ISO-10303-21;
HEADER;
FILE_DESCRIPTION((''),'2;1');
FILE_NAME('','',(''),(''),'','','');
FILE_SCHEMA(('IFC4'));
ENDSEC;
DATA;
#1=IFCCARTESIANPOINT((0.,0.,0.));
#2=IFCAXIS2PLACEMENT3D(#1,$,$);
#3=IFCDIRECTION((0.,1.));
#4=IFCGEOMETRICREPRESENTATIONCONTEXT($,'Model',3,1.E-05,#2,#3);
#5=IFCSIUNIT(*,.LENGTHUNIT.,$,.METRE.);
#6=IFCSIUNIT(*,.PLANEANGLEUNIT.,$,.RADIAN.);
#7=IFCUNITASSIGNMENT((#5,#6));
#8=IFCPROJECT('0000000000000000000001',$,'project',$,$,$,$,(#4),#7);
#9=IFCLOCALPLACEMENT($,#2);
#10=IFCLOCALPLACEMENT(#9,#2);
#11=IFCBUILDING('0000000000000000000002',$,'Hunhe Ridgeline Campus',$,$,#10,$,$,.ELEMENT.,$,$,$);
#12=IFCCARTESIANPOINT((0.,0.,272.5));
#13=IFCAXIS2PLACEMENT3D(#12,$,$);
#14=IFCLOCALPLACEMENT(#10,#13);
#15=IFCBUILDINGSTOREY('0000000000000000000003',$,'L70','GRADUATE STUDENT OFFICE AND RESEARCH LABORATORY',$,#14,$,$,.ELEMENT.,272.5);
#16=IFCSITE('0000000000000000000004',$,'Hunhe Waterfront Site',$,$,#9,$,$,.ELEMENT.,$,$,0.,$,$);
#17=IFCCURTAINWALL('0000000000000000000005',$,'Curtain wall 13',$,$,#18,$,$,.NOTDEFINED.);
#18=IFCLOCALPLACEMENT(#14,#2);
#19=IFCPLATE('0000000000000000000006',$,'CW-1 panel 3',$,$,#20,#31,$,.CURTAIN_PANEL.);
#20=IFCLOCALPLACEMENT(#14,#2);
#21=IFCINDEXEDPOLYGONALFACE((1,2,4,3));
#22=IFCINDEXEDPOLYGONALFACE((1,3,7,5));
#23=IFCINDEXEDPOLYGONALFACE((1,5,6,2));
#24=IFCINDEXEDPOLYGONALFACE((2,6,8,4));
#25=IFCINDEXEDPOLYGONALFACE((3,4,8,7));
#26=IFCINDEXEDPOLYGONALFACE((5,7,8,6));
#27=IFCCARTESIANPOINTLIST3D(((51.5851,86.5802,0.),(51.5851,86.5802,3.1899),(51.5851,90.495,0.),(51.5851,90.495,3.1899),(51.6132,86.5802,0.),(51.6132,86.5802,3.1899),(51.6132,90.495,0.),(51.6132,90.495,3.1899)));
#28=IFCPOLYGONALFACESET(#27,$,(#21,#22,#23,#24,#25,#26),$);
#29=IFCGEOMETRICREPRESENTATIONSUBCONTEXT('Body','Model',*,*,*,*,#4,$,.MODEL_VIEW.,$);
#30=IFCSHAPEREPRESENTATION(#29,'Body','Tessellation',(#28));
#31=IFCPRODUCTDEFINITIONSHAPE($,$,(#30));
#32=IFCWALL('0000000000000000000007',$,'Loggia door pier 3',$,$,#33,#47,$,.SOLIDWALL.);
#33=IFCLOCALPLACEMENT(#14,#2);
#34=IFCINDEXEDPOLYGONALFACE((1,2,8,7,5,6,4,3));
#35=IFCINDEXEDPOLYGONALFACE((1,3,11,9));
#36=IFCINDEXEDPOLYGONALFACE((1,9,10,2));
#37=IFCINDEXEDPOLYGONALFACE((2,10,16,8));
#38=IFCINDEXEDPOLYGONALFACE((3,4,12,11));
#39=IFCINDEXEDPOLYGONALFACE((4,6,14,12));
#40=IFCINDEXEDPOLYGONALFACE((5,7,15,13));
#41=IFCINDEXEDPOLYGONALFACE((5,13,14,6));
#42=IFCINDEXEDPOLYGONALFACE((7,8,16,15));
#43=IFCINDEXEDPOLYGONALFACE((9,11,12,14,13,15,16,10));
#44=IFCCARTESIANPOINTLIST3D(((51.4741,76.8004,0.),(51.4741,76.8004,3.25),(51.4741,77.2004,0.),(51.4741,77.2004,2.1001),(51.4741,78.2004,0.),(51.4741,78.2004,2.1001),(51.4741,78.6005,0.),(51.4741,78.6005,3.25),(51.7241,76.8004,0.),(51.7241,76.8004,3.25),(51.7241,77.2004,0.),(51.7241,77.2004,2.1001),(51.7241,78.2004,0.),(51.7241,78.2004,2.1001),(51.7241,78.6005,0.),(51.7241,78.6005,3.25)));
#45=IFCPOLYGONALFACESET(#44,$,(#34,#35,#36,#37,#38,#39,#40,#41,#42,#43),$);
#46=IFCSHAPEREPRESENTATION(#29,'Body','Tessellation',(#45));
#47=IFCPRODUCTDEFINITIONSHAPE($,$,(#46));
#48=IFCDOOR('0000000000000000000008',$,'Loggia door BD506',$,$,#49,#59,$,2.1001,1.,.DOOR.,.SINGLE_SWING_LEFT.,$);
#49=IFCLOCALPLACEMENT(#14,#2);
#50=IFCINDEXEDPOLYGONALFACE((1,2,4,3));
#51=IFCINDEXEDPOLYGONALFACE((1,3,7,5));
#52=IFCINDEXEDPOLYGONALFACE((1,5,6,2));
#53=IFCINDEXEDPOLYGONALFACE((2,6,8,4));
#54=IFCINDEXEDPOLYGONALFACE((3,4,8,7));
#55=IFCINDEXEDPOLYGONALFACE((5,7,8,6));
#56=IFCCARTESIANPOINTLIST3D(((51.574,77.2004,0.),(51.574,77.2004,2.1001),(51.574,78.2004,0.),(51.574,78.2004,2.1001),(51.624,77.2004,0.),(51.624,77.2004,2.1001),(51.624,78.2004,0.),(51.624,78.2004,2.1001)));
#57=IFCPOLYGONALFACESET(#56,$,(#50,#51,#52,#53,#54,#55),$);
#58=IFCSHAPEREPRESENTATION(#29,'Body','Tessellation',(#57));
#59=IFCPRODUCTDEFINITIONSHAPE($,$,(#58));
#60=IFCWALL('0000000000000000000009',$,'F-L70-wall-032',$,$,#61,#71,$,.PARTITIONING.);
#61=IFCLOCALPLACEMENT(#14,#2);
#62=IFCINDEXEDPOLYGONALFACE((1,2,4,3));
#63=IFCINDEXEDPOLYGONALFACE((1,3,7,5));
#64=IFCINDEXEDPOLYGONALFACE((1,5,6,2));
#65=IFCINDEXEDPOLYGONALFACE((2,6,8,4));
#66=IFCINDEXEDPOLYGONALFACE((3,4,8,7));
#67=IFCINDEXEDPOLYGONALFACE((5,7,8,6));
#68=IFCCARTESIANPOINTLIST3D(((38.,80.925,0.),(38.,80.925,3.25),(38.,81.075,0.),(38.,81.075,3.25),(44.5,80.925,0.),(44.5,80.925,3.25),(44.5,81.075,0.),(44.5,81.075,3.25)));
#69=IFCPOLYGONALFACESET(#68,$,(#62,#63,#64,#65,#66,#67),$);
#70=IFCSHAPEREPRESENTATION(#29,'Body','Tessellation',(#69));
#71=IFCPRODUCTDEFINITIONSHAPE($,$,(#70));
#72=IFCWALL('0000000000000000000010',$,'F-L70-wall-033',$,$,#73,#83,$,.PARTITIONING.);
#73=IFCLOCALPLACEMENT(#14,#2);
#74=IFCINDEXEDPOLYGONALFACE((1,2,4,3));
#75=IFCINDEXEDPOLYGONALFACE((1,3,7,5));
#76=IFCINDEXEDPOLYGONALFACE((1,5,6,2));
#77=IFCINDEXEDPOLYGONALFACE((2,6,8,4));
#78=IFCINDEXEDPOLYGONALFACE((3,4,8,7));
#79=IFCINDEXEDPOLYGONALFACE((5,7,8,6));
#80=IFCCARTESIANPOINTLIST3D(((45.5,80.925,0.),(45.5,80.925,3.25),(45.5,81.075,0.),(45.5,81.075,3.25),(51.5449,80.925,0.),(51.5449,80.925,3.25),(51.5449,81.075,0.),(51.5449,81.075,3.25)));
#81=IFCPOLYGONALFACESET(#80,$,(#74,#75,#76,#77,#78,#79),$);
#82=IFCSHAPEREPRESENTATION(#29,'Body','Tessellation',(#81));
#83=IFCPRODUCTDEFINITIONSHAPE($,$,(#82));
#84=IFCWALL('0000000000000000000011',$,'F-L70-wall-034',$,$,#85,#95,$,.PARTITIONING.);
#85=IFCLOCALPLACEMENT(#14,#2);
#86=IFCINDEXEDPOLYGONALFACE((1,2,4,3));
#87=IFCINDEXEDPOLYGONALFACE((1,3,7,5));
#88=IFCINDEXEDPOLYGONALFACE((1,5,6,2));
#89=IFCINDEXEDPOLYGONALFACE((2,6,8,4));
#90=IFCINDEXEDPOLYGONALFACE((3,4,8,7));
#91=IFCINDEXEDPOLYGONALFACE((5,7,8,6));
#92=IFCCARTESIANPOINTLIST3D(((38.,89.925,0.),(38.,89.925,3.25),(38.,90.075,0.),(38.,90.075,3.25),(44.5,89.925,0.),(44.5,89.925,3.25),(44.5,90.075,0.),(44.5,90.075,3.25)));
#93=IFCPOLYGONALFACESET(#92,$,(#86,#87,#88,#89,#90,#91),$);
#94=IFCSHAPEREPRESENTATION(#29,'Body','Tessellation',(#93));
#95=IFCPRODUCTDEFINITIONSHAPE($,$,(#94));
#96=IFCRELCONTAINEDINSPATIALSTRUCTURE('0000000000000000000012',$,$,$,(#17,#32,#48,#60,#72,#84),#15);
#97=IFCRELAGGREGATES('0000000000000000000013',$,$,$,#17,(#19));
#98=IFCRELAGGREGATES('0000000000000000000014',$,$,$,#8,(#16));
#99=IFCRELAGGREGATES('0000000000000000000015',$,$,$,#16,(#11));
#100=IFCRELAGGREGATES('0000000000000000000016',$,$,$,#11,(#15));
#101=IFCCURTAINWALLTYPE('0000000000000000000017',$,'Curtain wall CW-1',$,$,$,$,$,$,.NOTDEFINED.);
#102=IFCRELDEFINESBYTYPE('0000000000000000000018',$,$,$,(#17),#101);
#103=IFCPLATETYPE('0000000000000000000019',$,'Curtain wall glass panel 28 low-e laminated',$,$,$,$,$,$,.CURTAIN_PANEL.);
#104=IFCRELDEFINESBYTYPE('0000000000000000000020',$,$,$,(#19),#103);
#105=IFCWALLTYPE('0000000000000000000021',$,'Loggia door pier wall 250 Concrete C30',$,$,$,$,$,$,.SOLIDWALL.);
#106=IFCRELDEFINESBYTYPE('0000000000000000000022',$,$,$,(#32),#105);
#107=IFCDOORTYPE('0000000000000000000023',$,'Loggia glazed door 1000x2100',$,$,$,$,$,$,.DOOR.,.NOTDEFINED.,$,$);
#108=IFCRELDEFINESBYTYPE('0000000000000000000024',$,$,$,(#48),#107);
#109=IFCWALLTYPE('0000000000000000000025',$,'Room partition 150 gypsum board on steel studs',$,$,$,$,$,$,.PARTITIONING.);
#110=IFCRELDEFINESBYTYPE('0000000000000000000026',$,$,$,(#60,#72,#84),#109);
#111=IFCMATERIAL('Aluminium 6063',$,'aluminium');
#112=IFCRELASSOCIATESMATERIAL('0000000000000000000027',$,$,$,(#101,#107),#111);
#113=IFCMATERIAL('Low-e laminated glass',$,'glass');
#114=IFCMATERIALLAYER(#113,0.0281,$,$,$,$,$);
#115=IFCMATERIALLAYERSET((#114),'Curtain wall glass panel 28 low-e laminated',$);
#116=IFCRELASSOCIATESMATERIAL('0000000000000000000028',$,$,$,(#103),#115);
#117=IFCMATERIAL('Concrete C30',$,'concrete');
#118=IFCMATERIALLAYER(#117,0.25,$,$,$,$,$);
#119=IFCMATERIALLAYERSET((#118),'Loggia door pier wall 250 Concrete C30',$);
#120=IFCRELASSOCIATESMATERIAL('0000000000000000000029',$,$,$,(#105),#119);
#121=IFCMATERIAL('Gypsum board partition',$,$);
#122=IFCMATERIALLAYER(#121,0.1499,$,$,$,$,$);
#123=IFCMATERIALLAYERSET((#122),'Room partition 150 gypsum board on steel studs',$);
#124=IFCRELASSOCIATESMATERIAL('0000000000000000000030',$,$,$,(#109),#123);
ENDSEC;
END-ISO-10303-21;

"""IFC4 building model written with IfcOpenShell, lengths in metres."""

from ifc_helpers import new_model, si_unit, direction, frame, frame_2d, origin, origin_2d, place, context, subcontext, project, spatial, rectangle, extrude, material, layer, layer_set, type_object, element, fill, aggregate, save


model = new_model("IFC4")

# Units and contexts
model_context = context("Model", 3, precision=1e-05, world=origin(), true_north=direction((0.0, 1.0)))
body_context = subcontext(model_context, "Body", "Model", "MODEL_VIEW")
ifc_project = project(units=[si_unit("LENGTHUNIT", "METRE"), si_unit("PLANEANGLEUNIT", "RADIAN")], contexts=[model_context])

# Site, building, storey
site_placement = place(None, origin())
site = spatial("IfcSite", under=ifc_project, at=site_placement, Name="Hunhe Waterfront Site", CompositionType="ELEMENT", RefElevation=0.0)
building_placement = place(site_placement, origin())
building = spatial("IfcBuilding", under=site, at=building_placement, Name="Hunhe Ridgeline Campus", CompositionType="ELEMENT")
storey_placement = place(building_placement, frame((0.0, 0.0, 272.5)))
storey = spatial("IfcBuildingStorey", under=building, at=storey_placement, Name="L70", Description="GRADUATE STUDENT OFFICE AND RESEARCH LABORATORY", CompositionType="ELEMENT", Elevation=272.5)

# Curtain wall
ifc_material_1 = material(Name="Aluminium 6063", Category="aluminium")
curtain_wall_type = type_object("IfcCurtainWallType", Name="Curtain wall CW-1", PredefinedType="NOTDEFINED", material=ifc_material_1)
curtain_wall_1_placement = place(storey_placement, origin())
curtain_wall_1 = element("IfcCurtainWall", 1, at=curtain_wall_1_placement, inside=storey, type_object=curtain_wall_type, Name="Curtain wall 13", PredefinedType="NOTDEFINED")

# Plate
ifc_material_2 = material(Name="Low-e laminated glass", Category="glass")
ifc_layer_1 = layer(ifc_material_2, 0.0281)
ifc_layer_set_1 = layer_set([ifc_layer_1], Name="Curtain wall glass panel 28 low-e laminated")
plate_type = type_object("IfcPlateType", Name="Curtain wall glass panel 28 low-e laminated", PredefinedType="CURTAIN_PANEL", material=ifc_layer_set_1)
plate_1_placement = place(storey_placement, frame((51.5991, 88.5376, 0.0), z_axis=(0.0, 0.0, 1.0), x_axis=(0.0, 1.0, 0.0)))
plate_1 = element("IfcPlate", 2, at=plate_1_placement, type_object=plate_type, Name="CW-1 panel 3", PredefinedType="CURTAIN_PANEL", context=body_context, shape_type="SweptSolid", body=[
    extrude(rectangle(XDim=3.9148, YDim=0.0281, at=origin_2d()), origin(), (0.0, 0.0, 1.0), 3.1899),
])
aggregate(curtain_wall_1, [plate_1])

# Wall, opening, door
ifc_material_3 = material(Name="Concrete C30", Category="concrete")
ifc_layer_2 = layer(ifc_material_3, 0.25)
ifc_layer_set_2 = layer_set([ifc_layer_2], Name="Loggia door pier wall 250 Concrete C30")
wall_type_1 = type_object("IfcWallType", Name="Loggia door pier wall 250 Concrete C30", PredefinedType="SOLIDWALL", material=ifc_layer_set_2)
wall_1_placement = place(storey_placement, frame((51.5991, 76.8005, 0.0), z_axis=(0.0, 0.0, 1.0), x_axis=(0.0, 1.0, 0.0)))
wall_1 = element("IfcWall", 3, at=wall_1_placement, inside=storey, type_object=wall_type_1, Name="Loggia door pier 3", PredefinedType="SOLIDWALL", context=body_context, shape_type="SweptSolid", body=[
    extrude(rectangle(XDim=1.8, YDim=0.25, at=frame_2d((0.8999, 0.0))), origin(), (0.0, 0.0, 1.0), 3.25),
])
opening_placement = place(wall_1_placement, frame((0.3999, 0.0, 0.0)))
opening = element("IfcOpeningElement", 4, at=opening_placement, cuts=wall_1, PredefinedType="OPENING", context=body_context, shape_type="SweptSolid", body=[
    extrude(rectangle(XDim=1.0, YDim=2.1001, at=frame_2d((0.5, 1.05))), frame((0.0, 0.125, 0.0), z_axis=(0.0, -1.0, 0.0), x_axis=(1.0, 0.0, 0.0)), (0.0, 0.0, 1.0), 0.25),
])
door_type = type_object("IfcDoorType", Name="Loggia glazed door 1000x2100", OperationType="NOTDEFINED", PredefinedType="DOOR", material=ifc_material_1)
door_placement = place(opening_placement, frame((1.0, 0.0, 0.0), z_axis=(0.0, 0.0, 1.0), x_axis=(-1.0, 0.0, 0.0)))
door = element("IfcDoor", 5, at=door_placement, inside=storey, type_object=door_type, Name="Loggia door BD506", OperationType="SINGLE_SWING_LEFT", OverallHeight=2.1001, OverallWidth=1.0, PredefinedType="DOOR", context=body_context, shape_type="SweptSolid", body=[
    extrude(rectangle(XDim=1.0, YDim=2.1001, at=frame_2d((0.5, 1.05))), frame((0.0, 0.0249, 0.0), z_axis=(0.0, -1.0, 0.0), x_axis=(1.0, 0.0, 0.0)), (0.0, 0.0, 1.0), 0.05),
])
fill(opening, door)

# Walls
ifc_material_4 = material(Name="Gypsum board partition")
ifc_layer_3 = layer(ifc_material_4, 0.1499)
ifc_layer_set_3 = layer_set([ifc_layer_3], Name="Room partition 150 gypsum board on steel studs")
wall_type_2 = type_object("IfcWallType", Name="Room partition 150 gypsum board on steel studs", PredefinedType="PARTITIONING", material=ifc_layer_set_3)
wall_2_placement = place(storey_placement, frame((38.0, 81.0, 0.0), z_axis=(0.0, 0.0, 1.0), x_axis=(1.0, 0.0, 0.0)))
element("IfcWall", 6, at=wall_2_placement, inside=storey, type_object=wall_type_2, Name="F-L70-wall-032", PredefinedType="PARTITIONING", context=body_context, shape_type="SweptSolid", body=[
    extrude(rectangle(XDim=6.5, YDim=0.1499, at=frame_2d((3.25, 0.0))), origin(), (0.0, 0.0, 1.0), 3.25),
])
wall_3_placement = place(storey_placement, frame((45.5, 81.0, 0.0), z_axis=(0.0, 0.0, 1.0), x_axis=(1.0, 0.0, 0.0)))
element("IfcWall", 7, at=wall_3_placement, inside=storey, type_object=wall_type_2, Name="F-L70-wall-033", PredefinedType="PARTITIONING", context=body_context, shape_type="SweptSolid", body=[
    extrude(rectangle(XDim=6.0449, YDim=0.1499, at=frame_2d((3.0225, 0.0))), origin(), (0.0, 0.0, 1.0), 3.25),
])
wall_4_placement = place(storey_placement, frame((38.0, 90.0, 0.0), z_axis=(0.0, 0.0, 1.0), x_axis=(1.0, 0.0, 0.0)))
element("IfcWall", 8, at=wall_4_placement, inside=storey, type_object=wall_type_2, Name="F-L70-wall-034", PredefinedType="PARTITIONING", context=body_context, shape_type="SweptSolid", body=[
    extrude(rectangle(XDim=6.5, YDim=0.1499, at=frame_2d((3.25, 0.0))), origin(), (0.0, 0.0, 1.0), 3.25),
])

save(model, "model.ifc")
